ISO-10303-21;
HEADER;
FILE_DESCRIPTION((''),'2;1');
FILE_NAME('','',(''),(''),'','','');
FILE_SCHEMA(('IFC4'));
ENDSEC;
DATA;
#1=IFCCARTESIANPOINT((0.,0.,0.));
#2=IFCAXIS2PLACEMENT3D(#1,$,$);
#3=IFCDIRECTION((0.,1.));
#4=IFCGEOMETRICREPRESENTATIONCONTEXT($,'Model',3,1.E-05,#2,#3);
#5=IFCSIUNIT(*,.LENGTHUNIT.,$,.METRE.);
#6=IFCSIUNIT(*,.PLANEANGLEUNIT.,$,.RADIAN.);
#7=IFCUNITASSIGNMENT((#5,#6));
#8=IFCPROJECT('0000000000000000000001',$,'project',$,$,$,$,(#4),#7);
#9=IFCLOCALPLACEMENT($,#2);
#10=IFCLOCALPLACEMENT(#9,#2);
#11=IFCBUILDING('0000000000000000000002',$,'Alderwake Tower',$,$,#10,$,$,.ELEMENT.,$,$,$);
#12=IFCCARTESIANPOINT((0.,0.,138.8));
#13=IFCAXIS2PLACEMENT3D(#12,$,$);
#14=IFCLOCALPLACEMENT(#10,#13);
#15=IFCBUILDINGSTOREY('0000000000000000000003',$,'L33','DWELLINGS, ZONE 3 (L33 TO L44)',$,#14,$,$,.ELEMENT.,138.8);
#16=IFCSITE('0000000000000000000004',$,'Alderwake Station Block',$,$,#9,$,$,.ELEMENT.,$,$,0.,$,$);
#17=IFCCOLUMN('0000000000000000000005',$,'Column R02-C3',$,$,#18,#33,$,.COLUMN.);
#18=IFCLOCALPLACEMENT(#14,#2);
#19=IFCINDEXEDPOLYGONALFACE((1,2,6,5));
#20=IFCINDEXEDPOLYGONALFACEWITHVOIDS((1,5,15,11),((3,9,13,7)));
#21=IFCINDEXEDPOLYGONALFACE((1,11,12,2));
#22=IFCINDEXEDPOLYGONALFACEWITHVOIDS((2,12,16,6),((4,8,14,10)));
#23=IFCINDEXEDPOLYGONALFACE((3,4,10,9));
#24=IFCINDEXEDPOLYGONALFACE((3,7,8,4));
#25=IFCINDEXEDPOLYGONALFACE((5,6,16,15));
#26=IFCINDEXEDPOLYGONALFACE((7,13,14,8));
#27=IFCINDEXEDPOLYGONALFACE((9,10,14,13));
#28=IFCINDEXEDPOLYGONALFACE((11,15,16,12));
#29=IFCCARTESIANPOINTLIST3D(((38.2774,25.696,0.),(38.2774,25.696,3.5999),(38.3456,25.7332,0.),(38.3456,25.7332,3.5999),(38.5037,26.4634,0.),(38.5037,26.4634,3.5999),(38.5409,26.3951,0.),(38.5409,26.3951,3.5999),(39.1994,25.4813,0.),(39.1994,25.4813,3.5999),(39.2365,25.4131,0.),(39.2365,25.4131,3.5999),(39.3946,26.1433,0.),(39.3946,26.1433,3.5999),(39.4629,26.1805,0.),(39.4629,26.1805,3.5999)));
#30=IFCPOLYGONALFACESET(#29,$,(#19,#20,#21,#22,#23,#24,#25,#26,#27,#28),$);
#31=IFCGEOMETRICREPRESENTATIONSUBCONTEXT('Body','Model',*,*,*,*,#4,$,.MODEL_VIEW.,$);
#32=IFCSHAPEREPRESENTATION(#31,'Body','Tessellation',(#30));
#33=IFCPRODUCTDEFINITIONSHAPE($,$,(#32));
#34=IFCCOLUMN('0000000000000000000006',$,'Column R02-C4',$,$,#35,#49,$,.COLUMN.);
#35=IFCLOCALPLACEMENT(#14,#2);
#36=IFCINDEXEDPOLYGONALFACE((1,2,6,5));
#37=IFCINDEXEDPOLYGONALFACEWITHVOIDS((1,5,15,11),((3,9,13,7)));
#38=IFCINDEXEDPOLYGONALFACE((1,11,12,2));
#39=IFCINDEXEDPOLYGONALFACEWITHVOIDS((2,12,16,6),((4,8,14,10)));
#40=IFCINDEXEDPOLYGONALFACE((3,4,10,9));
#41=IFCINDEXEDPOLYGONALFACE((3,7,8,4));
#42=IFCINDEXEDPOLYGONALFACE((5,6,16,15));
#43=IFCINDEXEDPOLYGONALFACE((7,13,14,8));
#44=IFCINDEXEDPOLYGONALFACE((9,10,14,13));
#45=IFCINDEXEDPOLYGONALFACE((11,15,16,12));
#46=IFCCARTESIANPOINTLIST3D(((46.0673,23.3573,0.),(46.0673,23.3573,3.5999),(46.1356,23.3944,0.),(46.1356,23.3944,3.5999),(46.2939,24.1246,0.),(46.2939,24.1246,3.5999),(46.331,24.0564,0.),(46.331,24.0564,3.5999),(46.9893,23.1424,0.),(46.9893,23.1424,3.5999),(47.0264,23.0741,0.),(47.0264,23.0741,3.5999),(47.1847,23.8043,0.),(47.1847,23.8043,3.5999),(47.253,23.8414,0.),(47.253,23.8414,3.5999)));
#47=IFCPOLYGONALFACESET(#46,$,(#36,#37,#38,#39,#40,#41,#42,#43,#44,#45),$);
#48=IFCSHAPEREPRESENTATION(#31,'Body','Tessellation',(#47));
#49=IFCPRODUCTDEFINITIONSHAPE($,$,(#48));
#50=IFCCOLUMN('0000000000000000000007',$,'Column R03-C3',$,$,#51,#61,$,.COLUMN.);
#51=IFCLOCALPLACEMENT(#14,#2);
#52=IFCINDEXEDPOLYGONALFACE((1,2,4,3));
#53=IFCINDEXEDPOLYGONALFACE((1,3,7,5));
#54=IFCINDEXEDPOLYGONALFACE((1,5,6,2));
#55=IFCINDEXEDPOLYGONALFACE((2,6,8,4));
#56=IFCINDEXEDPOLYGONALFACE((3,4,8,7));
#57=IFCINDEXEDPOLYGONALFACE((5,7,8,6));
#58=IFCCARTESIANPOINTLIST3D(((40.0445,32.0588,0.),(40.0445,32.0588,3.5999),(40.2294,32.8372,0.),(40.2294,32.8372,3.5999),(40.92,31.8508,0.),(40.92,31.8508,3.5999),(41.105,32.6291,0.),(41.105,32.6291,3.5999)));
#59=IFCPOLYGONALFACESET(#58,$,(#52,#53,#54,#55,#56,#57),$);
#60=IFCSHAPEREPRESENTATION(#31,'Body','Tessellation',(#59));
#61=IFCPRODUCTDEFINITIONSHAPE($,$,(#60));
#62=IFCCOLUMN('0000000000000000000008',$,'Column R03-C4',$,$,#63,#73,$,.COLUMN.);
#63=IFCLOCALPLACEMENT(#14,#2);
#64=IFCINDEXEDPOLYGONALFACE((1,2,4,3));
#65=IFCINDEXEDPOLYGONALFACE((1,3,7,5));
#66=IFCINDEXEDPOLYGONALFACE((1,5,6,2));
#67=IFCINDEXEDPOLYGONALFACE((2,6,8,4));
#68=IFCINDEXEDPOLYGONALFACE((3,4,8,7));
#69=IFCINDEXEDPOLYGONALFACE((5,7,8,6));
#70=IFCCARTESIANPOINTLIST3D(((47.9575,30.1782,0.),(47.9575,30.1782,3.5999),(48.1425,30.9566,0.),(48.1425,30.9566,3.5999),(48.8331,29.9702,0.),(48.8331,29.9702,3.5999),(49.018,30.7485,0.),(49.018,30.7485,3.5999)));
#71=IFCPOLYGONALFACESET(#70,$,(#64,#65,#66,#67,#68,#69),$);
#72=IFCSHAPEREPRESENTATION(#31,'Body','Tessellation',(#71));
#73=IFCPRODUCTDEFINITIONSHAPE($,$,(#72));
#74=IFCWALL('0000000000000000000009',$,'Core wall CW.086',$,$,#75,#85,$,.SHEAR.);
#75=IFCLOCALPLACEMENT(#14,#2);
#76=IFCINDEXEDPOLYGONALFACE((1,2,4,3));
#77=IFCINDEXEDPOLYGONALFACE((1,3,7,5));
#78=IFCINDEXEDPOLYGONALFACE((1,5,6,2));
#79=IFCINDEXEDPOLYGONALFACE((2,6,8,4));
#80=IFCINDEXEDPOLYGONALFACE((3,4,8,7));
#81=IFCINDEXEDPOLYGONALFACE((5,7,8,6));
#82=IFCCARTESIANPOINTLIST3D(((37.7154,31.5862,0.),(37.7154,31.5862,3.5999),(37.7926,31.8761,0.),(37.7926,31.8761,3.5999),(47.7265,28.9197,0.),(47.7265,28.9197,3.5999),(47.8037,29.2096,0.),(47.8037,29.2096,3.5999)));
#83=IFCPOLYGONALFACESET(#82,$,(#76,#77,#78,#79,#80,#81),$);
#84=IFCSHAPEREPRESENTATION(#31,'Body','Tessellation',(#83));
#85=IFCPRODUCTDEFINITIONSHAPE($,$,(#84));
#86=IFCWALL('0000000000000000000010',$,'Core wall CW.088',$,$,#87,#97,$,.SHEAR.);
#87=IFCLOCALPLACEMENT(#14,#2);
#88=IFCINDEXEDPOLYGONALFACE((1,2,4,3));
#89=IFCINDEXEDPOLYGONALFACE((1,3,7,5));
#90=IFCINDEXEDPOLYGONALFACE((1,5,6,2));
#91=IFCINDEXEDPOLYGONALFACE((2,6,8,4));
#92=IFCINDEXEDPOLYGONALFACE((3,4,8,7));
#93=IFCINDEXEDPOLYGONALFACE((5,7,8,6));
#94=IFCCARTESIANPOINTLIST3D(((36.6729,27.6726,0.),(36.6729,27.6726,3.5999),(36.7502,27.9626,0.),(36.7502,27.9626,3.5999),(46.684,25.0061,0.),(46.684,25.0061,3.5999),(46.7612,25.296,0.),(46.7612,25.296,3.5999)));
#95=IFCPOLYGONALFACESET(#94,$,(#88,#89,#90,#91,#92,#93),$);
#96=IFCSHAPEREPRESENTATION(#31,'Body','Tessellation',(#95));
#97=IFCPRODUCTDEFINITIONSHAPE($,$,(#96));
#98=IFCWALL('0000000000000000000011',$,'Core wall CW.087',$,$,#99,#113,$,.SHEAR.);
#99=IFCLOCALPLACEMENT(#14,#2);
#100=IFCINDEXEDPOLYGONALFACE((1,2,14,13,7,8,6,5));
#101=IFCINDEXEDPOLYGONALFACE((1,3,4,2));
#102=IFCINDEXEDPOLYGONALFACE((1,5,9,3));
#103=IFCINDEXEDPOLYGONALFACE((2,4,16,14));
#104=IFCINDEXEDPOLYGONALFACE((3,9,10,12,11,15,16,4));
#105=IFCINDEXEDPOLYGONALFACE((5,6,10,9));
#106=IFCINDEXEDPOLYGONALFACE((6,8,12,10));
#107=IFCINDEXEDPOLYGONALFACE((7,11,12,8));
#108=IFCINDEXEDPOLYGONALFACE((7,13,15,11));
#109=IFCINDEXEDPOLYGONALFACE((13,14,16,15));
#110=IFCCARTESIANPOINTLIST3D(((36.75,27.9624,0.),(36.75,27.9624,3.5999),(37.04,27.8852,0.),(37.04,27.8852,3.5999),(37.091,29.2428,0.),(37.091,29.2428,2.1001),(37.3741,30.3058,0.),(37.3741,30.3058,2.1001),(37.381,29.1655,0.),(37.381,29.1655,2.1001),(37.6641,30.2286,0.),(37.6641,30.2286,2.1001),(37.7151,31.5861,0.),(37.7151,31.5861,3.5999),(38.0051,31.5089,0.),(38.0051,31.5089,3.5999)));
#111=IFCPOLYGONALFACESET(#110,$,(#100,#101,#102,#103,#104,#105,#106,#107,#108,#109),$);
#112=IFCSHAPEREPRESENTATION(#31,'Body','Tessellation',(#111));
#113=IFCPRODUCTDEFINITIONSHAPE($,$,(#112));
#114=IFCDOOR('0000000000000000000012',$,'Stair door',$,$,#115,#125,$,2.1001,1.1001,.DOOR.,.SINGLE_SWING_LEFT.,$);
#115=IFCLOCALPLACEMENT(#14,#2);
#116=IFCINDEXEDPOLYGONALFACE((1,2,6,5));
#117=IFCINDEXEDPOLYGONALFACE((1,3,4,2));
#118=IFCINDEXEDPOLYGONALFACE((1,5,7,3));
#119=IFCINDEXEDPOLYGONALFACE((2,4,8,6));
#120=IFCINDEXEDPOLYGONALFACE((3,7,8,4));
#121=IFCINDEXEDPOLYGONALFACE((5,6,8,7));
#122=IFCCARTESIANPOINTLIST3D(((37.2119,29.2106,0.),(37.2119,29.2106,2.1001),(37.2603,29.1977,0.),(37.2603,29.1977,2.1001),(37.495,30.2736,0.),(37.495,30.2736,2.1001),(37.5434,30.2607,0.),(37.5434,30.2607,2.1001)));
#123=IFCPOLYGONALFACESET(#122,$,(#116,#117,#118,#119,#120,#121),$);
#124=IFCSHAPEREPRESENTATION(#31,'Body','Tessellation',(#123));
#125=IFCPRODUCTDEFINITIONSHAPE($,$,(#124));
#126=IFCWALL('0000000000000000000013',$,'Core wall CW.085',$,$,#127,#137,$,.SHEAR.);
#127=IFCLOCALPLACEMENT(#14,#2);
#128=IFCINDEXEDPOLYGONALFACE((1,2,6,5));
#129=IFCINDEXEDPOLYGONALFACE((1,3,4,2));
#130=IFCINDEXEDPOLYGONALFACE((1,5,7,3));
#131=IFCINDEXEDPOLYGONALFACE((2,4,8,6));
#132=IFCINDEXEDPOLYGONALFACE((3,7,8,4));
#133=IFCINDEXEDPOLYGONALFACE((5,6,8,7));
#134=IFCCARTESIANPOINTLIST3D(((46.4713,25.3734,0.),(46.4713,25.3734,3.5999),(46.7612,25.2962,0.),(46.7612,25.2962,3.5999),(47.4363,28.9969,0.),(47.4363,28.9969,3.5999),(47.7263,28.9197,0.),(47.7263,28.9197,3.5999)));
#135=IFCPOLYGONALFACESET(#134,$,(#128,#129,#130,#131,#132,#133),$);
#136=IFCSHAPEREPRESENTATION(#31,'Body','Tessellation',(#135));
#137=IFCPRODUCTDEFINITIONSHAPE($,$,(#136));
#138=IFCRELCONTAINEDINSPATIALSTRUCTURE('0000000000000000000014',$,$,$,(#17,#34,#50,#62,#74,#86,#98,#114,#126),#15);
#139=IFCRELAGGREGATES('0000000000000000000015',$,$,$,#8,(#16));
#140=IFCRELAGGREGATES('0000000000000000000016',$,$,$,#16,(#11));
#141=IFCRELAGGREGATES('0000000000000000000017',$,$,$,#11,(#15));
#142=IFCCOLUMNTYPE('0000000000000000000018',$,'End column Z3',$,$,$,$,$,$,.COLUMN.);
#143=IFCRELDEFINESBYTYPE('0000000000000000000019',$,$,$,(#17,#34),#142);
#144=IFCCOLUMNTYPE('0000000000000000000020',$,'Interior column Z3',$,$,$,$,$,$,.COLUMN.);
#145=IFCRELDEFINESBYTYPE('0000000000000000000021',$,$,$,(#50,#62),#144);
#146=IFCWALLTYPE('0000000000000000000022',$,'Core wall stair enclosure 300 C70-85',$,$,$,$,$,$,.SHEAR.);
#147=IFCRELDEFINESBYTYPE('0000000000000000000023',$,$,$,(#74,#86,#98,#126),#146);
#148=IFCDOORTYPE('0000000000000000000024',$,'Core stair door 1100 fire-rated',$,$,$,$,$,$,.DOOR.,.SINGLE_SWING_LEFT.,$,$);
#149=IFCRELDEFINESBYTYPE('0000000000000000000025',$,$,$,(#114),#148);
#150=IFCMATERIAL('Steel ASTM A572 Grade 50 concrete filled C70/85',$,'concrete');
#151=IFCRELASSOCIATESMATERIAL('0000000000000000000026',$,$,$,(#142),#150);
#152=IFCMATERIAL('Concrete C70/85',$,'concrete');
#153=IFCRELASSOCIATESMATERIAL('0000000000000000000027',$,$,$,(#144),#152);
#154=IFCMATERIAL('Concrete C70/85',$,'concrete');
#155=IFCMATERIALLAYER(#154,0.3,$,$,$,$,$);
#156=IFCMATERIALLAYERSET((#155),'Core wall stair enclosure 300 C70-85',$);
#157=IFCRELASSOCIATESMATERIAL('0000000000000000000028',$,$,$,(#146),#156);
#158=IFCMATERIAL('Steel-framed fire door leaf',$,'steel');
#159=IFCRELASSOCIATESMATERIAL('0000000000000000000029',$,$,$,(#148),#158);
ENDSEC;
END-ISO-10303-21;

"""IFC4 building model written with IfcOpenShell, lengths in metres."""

from ifc_helpers import new_model, si_unit, direction, frame, frame_2d, origin, origin_2d, place, context, subcontext, project, spatial, rectangle, hollow_rectangle, extrude, material, layer, layer_set, material_profile, profile_set, type_object, element, fill, save


model = new_model("IFC4")

# Units and contexts
model_context = context("Model", 3, precision=1e-05, world=origin(), true_north=direction((0.0, 1.0)))
body_context = subcontext(model_context, "Body", "Model", "MODEL_VIEW")
ifc_project = project(units=[si_unit("LENGTHUNIT", "METRE"), si_unit("PLANEANGLEUNIT", "RADIAN")], contexts=[model_context])

# Site, building, storey
site_placement = place(None, origin())
site = spatial("IfcSite", under=ifc_project, at=site_placement, Name="Alderwake Station Block", CompositionType="ELEMENT", RefElevation=0.0)
building_placement = place(site_placement, origin())
building = spatial("IfcBuilding", under=site, at=building_placement, Name="Alderwake Tower", CompositionType="ELEMENT")
storey_placement = place(building_placement, frame((0.0, 0.0, 138.8)))
storey = spatial("IfcBuildingStorey", under=building, at=storey_placement, Name="L33", Description="DWELLINGS, ZONE 3 (L33 TO L44)", CompositionType="ELEMENT", Elevation=138.8)

# Columns
ifc_material_1 = material(Name="Steel ASTM A572 Grade 50 concrete filled C70/85", Category="concrete")
ifc_material_profile_1 = material_profile(ifc_material_1, hollow_rectangle(XDim=0.8, YDim=1.0, WallThickness=0.0549, at=origin_2d()), Name="BOX 1000X800X55")
ifc_profile_set_1 = profile_set([ifc_material_profile_1], Name="Steel ASTM A572 Grade 50 concrete filled C70/85")
column_type_1 = type_object("IfcColumnType", Name="End column Z3", PredefinedType="COLUMN", material=ifc_profile_set_1)
for number, where, z_axis, x_axis, name in (
    (1, (38.8701, 25.9382, 0.0), (0.0, 0.0, 1.0), (0.282909, 0.959147, 0.0), "Column R02-C3"),
    (2, (46.6602, 23.5994, 0.0), (0.0, 0.0, 1.0), (0.283195, 0.959062, 0.0), "Column R02-C4"),
):
    element("IfcColumn", number, at=place(storey_placement, frame(where, z_axis=z_axis, x_axis=x_axis)), inside=storey, type_object=column_type_1, Name=name, PredefinedType="COLUMN", context=body_context, shape_type="SweptSolid", body=[
        extrude(hollow_rectangle(XDim=0.8, YDim=1.0, WallThickness=0.0549, at=origin_2d()), origin(), (0.0, 0.0, 1.0), 3.5999),
    ])
ifc_material_2 = material(Name="Concrete C70/85", Category="concrete")
ifc_material_profile_2 = material_profile(ifc_material_2, rectangle(XDim=0.8, YDim=0.8999, at=origin_2d()), Name="RC 900X800")
ifc_profile_set_2 = profile_set([ifc_material_profile_2], Name="Concrete C70/85")
column_type_2 = type_object("IfcColumnType", Name="Interior column Z3", PredefinedType="COLUMN", material=ifc_profile_set_2)
for number, where, z_axis, x_axis, name in (
    (3, (40.5747, 32.344, 0.0), (0.0, 0.0, 1.0), (0.231222, 0.972901, 0.0), "Column R03-C3"),
    (4, (48.4878, 30.4634, 0.0), (0.0, 0.0, 1.0), (0.231222, 0.972901, 0.0), "Column R03-C4"),
):
    element("IfcColumn", number, at=place(storey_placement, frame(where, z_axis=z_axis, x_axis=x_axis)), inside=storey, type_object=column_type_2, Name=name, PredefinedType="COLUMN", context=body_context, shape_type="SweptSolid", body=[
        extrude(rectangle(XDim=0.8, YDim=0.8999, at=origin_2d()), origin(), (0.0, 0.0, 1.0), 3.5999),
    ])

# Walls
ifc_material_3 = material(Name="Concrete C70/85", Category="concrete")
ifc_layer_1 = layer(ifc_material_3, 0.3)
ifc_layer_set_1 = layer_set([ifc_layer_1], Name="Core wall stair enclosure 300 C70-85")
wall_type_1 = type_object("IfcWallType", Name="Core wall stair enclosure 300 C70-85", PredefinedType="SHEAR", material=ifc_layer_set_1)
for number, where, z_axis, x_axis, name in (
    (5, (37.7539, 31.7312, 0.0), (0.0, 0.0, 1.0), (0.966309, -0.257384, 0.0), "Core wall CW.086"),
    (6, (36.7114, 27.8176, 0.0), (0.0, 0.0, 1.0), (0.966309, -0.257384, 0.0), "Core wall CW.088"),
):
    element("IfcWall", number, at=place(storey_placement, frame(where, z_axis=z_axis, x_axis=x_axis)), inside=storey, type_object=wall_type_1, Name=name, PredefinedType="SHEAR", context=body_context, shape_type="SweptSolid", body=[
        extrude(rectangle(XDim=10.3601, YDim=0.3, at=frame_2d((5.1802, 0.0))), origin(), (0.0, 0.0, 1.0), 3.5999),
    ])

# Wall, opening, door
wall_1_placement = place(storey_placement, frame((36.895, 27.9238, 0.0), z_axis=(0.0, 0.0, 1.0), x_axis=(0.257351, 0.966318, 0.0)))
wall_1 = element("IfcWall", 7, at=wall_1_placement, inside=storey, type_object=wall_type_1, Name="Core wall CW.087", PredefinedType="SHEAR", context=body_context, shape_type="SweptSolid", body=[
    extrude(rectangle(XDim=3.75, YDim=0.3, at=frame_2d((1.875, 0.0))), origin(), (0.0, 0.0, 1.0), 3.5999),
])
opening_1_placement = place(wall_1_placement, frame((1.325, 0.0, 0.0)))
opening_1 = element("IfcOpeningElement", 8, at=opening_1_placement, cuts=wall_1, PredefinedType="OPENING", context=body_context, shape_type="SweptSolid", body=[
    extrude(rectangle(XDim=1.1001, YDim=2.1001, at=frame_2d((0.55, 1.05))), frame((0.0, 0.1599, 0.0), z_axis=(0.0, -1.0, 0.0), x_axis=(1.0, 0.0, 0.0)), (0.0, 0.0, 1.0), 0.3201),
])
ifc_material_4 = material(Name="Steel-framed fire door leaf", Category="steel")
door_type = type_object("IfcDoorType", Name="Core stair door 1100 fire-rated", OperationType="SINGLE_SWING_LEFT", PredefinedType="DOOR", material=ifc_material_4)
door_placement = place(opening_1_placement, origin())
door = element("IfcDoor", 9, at=door_placement, inside=storey, type_object=door_type, Name="Stair door", OperationType="SINGLE_SWING_LEFT", OverallHeight=2.1001, OverallWidth=1.1001, PredefinedType="DOOR", context=body_context, shape_type="SweptSolid", body=[
    extrude(rectangle(XDim=1.1001, YDim=2.1001, at=frame_2d((0.55, 1.05))), frame((0.0, 0.0249, 0.0), z_axis=(0.0, -1.0, 0.0), x_axis=(1.0, 0.0, 0.0)), (0.0, 0.0, 1.0), 0.05),
])
fill(opening_1, door)

# Wall
wall_2_placement = place(storey_placement, frame((46.6162, 25.3347, 0.0), z_axis=(0.0, 0.0, 1.0), x_axis=(0.257367, 0.966314, 0.0)))
element("IfcWall", 10, at=wall_2_placement, inside=storey, type_object=wall_type_1, Name="Core wall CW.085", PredefinedType="SHEAR", context=body_context, shape_type="SweptSolid", body=[
    extrude(rectangle(XDim=3.7498, YDim=0.3, at=frame_2d((1.875, 0.0))), origin(), (0.0, 0.0, 1.0), 3.5999),
])

save(model, "model.ifc")
